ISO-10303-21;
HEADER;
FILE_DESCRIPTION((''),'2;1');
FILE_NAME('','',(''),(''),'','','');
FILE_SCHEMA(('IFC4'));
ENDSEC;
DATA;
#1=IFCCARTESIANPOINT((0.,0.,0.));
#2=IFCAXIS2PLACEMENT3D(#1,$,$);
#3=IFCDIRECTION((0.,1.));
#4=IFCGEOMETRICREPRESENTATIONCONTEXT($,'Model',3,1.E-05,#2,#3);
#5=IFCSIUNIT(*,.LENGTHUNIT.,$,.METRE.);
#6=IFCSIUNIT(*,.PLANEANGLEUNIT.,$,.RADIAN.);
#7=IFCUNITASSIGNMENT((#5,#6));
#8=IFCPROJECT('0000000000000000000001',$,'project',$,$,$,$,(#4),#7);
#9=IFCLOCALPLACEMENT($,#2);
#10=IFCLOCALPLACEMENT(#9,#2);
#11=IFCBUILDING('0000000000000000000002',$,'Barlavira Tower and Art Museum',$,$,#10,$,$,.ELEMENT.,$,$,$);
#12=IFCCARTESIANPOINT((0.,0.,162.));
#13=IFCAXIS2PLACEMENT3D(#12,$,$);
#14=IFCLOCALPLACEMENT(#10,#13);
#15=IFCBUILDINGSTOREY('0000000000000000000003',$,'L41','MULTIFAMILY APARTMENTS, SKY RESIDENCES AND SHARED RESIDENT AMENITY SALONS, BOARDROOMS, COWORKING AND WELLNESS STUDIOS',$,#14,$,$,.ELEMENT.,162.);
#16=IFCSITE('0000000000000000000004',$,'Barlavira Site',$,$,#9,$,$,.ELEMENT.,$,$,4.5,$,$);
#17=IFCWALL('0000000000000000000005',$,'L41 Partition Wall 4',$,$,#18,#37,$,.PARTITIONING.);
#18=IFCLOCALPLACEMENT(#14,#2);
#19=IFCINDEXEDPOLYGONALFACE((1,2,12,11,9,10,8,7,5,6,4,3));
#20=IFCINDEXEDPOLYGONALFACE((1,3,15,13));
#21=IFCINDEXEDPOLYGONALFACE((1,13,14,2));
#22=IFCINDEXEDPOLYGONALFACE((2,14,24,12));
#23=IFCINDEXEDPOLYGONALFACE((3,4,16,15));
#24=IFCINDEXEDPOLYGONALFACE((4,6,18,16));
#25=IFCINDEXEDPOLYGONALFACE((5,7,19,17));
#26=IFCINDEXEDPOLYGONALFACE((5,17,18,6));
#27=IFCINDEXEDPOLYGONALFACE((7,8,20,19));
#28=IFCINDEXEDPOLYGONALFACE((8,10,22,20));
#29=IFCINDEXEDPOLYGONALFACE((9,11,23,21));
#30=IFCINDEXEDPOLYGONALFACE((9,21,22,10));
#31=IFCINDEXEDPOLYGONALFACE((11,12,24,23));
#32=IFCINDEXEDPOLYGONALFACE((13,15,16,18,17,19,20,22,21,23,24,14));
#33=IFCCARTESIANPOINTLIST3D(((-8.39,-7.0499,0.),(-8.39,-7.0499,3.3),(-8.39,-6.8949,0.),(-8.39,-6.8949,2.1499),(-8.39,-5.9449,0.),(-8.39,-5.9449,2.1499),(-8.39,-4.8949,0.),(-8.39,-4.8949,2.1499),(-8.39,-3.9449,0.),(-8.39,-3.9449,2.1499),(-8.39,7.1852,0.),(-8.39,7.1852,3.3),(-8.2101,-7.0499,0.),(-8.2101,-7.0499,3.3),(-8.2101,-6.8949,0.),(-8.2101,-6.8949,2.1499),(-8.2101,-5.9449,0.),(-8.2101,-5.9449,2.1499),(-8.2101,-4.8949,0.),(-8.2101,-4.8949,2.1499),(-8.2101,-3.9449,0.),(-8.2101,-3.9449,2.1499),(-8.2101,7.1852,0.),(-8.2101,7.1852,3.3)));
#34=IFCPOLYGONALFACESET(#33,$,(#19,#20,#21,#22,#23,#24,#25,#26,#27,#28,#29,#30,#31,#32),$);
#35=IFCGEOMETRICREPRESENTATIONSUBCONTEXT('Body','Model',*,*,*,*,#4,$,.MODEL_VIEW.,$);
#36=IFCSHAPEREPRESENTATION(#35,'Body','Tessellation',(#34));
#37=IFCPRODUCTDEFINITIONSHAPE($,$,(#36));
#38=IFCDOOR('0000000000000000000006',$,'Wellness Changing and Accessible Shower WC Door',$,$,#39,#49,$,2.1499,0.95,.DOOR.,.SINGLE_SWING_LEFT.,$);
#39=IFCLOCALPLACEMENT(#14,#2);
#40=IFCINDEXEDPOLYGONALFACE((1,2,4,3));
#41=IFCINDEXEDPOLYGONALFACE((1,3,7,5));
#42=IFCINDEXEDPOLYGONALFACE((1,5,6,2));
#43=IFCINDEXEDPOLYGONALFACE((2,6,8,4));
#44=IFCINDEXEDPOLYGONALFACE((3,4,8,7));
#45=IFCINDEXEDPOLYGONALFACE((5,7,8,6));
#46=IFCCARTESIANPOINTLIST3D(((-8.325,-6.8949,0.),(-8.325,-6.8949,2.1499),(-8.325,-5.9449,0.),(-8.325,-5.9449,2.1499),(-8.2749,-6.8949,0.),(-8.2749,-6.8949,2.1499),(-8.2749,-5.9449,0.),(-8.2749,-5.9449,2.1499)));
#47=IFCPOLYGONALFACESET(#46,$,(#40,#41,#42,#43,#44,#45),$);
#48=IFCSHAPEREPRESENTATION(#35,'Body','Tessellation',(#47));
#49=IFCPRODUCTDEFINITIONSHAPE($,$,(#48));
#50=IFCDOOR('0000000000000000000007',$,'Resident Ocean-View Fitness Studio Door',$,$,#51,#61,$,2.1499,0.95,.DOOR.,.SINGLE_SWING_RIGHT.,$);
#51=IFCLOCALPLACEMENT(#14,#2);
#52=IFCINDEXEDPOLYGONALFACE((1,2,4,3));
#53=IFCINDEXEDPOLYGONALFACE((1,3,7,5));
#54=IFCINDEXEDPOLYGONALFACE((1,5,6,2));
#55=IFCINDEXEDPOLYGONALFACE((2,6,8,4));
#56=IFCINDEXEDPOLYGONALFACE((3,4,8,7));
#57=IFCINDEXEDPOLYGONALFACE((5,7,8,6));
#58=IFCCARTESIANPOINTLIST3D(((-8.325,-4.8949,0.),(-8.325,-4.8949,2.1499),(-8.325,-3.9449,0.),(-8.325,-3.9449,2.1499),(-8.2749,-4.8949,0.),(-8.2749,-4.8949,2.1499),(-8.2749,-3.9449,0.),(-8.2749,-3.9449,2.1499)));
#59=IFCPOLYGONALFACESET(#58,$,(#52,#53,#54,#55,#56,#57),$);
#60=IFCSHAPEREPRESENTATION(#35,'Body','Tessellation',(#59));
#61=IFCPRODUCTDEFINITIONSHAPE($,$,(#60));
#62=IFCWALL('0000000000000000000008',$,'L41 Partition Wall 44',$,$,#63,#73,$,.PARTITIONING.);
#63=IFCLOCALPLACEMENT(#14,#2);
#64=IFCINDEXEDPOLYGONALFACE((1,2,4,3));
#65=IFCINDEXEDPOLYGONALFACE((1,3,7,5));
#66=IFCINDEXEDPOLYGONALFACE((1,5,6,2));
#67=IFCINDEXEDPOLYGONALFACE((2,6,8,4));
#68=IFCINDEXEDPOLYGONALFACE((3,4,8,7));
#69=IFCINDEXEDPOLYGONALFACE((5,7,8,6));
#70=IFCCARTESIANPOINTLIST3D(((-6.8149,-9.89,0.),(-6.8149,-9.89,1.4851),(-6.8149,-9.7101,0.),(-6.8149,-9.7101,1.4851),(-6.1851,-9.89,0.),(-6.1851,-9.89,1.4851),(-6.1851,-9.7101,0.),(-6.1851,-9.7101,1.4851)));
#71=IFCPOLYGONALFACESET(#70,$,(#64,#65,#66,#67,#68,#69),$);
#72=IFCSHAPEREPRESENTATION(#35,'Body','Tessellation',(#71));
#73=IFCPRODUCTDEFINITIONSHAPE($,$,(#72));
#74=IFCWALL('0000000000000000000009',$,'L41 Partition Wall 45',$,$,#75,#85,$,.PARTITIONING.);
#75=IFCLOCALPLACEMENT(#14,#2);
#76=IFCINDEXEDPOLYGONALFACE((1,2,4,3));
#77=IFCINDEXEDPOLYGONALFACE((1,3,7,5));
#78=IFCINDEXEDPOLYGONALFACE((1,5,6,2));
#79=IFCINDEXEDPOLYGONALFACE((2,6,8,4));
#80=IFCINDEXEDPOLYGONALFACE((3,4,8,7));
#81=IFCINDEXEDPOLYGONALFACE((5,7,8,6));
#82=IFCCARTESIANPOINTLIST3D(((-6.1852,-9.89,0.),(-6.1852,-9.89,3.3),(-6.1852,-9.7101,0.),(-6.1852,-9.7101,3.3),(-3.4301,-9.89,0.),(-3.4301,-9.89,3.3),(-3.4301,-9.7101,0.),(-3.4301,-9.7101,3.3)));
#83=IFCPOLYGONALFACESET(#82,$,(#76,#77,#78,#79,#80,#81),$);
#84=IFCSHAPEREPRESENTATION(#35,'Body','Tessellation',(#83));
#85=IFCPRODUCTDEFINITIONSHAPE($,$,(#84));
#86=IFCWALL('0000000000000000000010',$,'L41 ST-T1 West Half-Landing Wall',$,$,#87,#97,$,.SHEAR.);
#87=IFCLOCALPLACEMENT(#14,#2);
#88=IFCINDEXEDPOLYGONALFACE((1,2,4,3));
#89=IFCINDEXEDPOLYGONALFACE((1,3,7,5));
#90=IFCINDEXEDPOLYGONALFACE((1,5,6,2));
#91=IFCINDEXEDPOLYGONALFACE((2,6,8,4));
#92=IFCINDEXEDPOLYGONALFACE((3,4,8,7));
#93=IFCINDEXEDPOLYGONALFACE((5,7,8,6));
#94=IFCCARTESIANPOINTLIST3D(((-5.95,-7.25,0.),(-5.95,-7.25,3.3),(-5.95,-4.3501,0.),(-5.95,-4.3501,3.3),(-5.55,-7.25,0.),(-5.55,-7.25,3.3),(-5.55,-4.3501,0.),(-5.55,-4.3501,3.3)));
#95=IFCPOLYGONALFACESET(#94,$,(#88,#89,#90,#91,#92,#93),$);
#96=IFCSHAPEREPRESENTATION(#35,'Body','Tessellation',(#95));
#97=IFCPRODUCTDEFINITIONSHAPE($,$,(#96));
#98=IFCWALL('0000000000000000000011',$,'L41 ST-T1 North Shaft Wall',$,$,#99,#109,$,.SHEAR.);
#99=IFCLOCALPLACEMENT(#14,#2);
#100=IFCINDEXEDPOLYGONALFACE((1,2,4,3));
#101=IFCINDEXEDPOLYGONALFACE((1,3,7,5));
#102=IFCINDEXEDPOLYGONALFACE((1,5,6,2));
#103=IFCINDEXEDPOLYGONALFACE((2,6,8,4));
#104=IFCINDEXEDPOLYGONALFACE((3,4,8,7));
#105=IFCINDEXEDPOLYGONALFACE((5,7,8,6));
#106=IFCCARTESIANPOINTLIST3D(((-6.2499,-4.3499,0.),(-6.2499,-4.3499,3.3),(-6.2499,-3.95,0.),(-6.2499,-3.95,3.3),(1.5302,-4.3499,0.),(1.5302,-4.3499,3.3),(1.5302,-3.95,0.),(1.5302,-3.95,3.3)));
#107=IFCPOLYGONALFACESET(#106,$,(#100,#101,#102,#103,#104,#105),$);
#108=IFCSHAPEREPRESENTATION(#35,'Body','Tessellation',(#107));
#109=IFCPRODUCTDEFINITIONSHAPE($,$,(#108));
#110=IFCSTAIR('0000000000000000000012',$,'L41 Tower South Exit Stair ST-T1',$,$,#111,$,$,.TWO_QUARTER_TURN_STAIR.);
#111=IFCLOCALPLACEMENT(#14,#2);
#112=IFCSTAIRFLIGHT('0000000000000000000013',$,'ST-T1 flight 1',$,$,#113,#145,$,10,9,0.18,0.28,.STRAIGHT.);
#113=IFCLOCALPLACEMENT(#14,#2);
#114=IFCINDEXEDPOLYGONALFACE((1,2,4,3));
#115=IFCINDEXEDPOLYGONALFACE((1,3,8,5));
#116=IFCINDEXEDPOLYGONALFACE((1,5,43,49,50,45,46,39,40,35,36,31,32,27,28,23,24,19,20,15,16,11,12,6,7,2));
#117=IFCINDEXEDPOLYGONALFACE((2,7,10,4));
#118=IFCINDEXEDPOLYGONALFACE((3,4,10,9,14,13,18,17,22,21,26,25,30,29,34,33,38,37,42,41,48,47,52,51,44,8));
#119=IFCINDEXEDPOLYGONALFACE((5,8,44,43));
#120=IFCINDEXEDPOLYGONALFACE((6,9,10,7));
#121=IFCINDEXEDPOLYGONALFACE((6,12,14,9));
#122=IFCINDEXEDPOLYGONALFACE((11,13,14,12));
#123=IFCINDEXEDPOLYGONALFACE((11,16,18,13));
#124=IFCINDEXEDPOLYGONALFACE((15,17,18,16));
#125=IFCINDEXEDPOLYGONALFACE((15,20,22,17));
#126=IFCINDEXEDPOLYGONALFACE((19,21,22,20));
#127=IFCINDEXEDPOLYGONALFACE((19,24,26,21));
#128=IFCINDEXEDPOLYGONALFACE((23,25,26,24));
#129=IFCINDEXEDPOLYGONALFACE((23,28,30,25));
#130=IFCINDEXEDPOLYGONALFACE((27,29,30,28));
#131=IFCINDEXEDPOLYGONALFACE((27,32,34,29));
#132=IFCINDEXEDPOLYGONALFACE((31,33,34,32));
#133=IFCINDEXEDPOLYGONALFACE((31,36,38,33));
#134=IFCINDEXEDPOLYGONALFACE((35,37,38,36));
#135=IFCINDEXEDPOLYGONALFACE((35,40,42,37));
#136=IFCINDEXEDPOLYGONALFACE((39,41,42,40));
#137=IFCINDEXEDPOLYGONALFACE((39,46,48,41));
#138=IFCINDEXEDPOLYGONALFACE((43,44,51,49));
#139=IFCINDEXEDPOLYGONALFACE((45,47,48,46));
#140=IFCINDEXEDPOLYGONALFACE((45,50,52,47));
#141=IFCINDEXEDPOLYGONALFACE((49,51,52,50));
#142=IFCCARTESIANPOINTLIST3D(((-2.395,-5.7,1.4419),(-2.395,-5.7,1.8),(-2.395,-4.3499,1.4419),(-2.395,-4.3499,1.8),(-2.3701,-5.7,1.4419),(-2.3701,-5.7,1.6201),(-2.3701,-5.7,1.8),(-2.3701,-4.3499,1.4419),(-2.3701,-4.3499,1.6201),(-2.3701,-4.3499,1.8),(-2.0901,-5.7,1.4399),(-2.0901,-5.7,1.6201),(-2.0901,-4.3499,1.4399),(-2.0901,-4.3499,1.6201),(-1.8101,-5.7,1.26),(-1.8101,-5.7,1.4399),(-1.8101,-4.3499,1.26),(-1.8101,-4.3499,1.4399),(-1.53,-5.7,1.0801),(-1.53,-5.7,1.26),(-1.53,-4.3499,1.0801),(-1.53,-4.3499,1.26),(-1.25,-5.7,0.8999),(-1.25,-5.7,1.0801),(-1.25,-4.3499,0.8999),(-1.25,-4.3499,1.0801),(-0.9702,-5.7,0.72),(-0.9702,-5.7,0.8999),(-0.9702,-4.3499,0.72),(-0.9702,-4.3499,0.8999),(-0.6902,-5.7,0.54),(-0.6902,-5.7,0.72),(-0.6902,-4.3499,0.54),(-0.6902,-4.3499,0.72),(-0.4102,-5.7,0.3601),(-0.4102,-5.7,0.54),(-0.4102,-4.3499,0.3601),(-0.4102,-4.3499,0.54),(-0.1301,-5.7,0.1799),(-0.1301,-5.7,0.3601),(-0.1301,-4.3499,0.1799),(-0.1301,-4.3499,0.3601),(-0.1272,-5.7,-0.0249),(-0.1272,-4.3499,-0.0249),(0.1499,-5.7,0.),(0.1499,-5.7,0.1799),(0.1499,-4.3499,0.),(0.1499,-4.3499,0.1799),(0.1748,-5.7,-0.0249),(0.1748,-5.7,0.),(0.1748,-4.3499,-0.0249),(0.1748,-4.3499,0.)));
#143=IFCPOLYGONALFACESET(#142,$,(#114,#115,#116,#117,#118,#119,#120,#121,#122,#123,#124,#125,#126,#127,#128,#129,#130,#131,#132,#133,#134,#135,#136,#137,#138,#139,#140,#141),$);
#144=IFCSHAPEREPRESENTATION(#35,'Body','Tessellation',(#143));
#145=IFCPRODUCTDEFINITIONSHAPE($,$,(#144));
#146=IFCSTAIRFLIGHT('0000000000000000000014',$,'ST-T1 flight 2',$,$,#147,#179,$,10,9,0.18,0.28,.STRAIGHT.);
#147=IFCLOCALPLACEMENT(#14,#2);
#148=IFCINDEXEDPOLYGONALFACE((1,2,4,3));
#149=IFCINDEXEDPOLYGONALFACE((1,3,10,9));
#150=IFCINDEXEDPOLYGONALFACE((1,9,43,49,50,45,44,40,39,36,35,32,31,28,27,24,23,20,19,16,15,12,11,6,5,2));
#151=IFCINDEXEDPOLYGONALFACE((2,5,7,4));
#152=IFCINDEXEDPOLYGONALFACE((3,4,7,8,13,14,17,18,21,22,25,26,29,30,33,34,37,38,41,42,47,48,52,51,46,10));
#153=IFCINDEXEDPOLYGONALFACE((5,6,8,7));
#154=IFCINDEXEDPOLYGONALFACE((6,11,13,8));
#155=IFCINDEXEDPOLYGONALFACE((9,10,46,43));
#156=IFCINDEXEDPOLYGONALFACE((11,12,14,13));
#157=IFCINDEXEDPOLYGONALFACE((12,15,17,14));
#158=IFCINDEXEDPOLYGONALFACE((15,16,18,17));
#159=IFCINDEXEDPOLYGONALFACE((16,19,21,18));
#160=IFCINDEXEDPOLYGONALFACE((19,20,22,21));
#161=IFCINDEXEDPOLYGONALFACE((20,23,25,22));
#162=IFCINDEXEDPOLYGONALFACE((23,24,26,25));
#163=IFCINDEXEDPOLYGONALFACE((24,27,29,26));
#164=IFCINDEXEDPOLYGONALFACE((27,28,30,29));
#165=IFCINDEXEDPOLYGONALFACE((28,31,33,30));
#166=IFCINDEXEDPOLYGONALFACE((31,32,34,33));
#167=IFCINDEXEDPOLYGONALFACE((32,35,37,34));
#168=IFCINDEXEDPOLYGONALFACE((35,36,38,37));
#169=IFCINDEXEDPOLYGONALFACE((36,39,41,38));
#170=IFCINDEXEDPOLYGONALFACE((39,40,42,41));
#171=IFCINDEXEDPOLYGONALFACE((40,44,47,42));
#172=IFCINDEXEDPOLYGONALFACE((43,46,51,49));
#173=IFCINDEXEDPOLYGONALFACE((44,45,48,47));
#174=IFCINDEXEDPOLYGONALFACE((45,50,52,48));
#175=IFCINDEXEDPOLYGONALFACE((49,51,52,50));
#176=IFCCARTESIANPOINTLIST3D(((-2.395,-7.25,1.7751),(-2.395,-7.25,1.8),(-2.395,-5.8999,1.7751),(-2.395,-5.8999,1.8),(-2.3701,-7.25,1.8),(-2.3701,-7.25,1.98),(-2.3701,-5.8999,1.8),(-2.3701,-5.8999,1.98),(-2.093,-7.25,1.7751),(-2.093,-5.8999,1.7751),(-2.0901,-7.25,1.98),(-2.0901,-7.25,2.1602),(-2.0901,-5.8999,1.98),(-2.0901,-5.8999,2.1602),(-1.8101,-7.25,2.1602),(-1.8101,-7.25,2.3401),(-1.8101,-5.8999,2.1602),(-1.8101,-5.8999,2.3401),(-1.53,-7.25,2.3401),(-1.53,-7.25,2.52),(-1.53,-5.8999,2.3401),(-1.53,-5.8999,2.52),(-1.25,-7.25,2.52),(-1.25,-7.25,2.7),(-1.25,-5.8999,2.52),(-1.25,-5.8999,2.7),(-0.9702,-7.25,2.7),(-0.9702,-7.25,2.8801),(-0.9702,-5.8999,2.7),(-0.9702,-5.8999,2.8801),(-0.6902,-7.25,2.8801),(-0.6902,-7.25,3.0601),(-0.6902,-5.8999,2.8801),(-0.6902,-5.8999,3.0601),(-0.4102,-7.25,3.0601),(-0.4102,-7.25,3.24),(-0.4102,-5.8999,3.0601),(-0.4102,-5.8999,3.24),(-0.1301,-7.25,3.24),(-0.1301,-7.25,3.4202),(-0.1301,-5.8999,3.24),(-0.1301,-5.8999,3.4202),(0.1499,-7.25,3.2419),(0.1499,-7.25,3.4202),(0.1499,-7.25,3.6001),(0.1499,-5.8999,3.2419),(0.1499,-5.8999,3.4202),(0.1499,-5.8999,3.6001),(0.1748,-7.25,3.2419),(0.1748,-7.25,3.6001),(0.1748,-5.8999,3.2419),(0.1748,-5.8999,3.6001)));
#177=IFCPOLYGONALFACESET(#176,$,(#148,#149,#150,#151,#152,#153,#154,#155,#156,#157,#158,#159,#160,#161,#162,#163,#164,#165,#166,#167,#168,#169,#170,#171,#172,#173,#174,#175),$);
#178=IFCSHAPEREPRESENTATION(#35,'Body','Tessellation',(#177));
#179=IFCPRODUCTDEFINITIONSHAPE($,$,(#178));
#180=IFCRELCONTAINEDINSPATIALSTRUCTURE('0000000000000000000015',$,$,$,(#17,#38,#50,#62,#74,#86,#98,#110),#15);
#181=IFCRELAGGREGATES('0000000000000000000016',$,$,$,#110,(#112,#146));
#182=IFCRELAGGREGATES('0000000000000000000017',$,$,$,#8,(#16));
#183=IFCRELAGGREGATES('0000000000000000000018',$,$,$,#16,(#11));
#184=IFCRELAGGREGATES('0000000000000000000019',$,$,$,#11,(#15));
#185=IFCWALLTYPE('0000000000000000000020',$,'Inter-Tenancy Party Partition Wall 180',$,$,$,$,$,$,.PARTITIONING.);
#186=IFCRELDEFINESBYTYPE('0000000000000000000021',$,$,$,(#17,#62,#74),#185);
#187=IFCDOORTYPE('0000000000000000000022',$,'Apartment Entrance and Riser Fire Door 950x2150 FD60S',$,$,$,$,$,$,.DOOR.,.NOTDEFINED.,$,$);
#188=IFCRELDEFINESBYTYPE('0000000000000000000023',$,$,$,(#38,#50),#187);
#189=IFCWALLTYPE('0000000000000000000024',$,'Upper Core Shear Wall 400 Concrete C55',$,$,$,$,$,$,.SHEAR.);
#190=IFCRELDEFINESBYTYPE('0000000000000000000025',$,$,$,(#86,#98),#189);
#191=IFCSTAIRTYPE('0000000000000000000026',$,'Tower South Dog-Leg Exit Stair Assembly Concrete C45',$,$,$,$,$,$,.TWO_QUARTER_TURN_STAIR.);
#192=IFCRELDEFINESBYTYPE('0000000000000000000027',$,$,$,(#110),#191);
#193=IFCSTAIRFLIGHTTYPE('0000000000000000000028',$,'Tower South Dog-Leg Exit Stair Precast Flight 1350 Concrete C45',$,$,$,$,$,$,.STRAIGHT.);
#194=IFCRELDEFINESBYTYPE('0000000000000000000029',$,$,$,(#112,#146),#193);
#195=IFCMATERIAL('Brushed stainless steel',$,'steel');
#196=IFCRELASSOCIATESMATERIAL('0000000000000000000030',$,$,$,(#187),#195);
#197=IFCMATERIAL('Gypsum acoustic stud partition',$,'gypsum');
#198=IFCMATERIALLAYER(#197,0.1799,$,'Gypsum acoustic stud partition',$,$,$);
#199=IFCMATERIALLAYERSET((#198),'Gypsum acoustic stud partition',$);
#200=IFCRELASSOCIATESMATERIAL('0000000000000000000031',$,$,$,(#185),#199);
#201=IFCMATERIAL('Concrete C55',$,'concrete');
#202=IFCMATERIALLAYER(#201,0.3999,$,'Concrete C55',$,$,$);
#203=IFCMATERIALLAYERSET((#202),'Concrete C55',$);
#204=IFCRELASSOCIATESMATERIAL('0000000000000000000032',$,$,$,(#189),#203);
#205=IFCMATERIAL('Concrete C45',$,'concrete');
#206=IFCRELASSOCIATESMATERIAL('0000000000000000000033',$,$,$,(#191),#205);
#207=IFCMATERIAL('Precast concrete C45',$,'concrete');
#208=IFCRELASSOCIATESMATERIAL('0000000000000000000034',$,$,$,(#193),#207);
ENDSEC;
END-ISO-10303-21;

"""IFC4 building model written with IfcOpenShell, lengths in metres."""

from ifc_helpers import new_model, si_unit, direction, frame, frame_2d, origin, place, context, subcontext, project, spatial, polyline, rectangle, outline, extrude, material, layer, layer_set, type_object, element, fill, aggregate, save


model = new_model("IFC4")

# Units and contexts
model_context = context("Model", 3, precision=1e-05, world=origin(), true_north=direction((0.0, 1.0)))
body_context = subcontext(model_context, "Body", "Model", "MODEL_VIEW")
ifc_project = project(units=[si_unit("LENGTHUNIT", "METRE"), si_unit("PLANEANGLEUNIT", "RADIAN")], contexts=[model_context])

# Site, building, storey
site_placement = place(None, origin())
site = spatial("IfcSite", under=ifc_project, at=site_placement, Name="Barlavira Site", CompositionType="ELEMENT", RefElevation=4.5)
building_placement = place(site_placement, origin())
building = spatial("IfcBuilding", under=site, at=building_placement, Name="Barlavira Tower and Art Museum", CompositionType="ELEMENT")
storey_placement = place(building_placement, frame((0.0, 0.0, 162.0)))
storey = spatial("IfcBuildingStorey", under=building, at=storey_placement, Name="L41", Description="MULTIFAMILY APARTMENTS, SKY RESIDENCES AND SHARED RESIDENT AMENITY SALONS, BOARDROOMS, COWORKING AND WELLNESS STUDIOS", CompositionType="ELEMENT", Elevation=162.0)

# Shared definitions
ifc_material_1 = material(Name="Brushed stainless steel", Category="steel")
door_type = type_object("IfcDoorType", Name="Apartment Entrance and Riser Fire Door 950x2150 FD60S", OperationType="NOTDEFINED", PredefinedType="DOOR", material=ifc_material_1)

# Shared definitions
ifc_material_2 = material(Name="Gypsum acoustic stud partition", Category="gypsum")
ifc_layer_1 = layer(ifc_material_2, 0.1799, Name="Gypsum acoustic stud partition")
ifc_layer_set_1 = layer_set([ifc_layer_1], Name="Gypsum acoustic stud partition")
wall_type_1 = type_object("IfcWallType", Name="Inter-Tenancy Party Partition Wall 180", PredefinedType="PARTITIONING", material=ifc_layer_set_1)

# Wall, openings, doors
wall_1_placement = place(storey_placement, frame((-8.3, -7.05, 0.0), z_axis=(0.0, 0.0, 1.0), x_axis=(0.0, 1.0, 0.0)))
wall_1 = element("IfcWall", 1, at=wall_1_placement, inside=storey, type_object=wall_type_1, Name="L41 Partition Wall 4", PredefinedType="PARTITIONING", context=body_context, shape_type="SweptSolid", body=[
    extrude(rectangle(XDim=14.2351, YDim=0.1799, at=frame_2d((7.1177, 0.0))), origin(), (0.0, 0.0, 1.0), 3.3),
])
opening_1_placement = place(wall_1_placement, frame((0.155, 0.0, 0.0)))
opening_1 = element("IfcOpeningElement", 2, at=opening_1_placement, cuts=wall_1, PredefinedType="OPENING", context=body_context, shape_type="SweptSolid", body=[
    extrude(rectangle(XDim=0.95, YDim=2.1499, at=frame_2d((0.4751, 1.075))), frame((0.0, 0.1001, 0.0), z_axis=(0.0, -1.0, 0.0), x_axis=(1.0, 0.0, 0.0)), (0.0, 0.0, 1.0), 0.2),
])
opening_2_placement = place(wall_1_placement, frame((2.155, 0.0, 0.0)))
opening_2 = element("IfcOpeningElement", 3, at=opening_2_placement, cuts=wall_1, PredefinedType="OPENING", context=body_context, shape_type="SweptSolid", body=[
    extrude(rectangle(XDim=0.95, YDim=2.1499, at=frame_2d((0.4751, 1.075))), frame((0.0, 0.1001, 0.0), z_axis=(0.0, -1.0, 0.0), x_axis=(1.0, 0.0, 0.0)), (0.0, 0.0, 1.0), 0.2),
])
door_1_placement = place(opening_1_placement, origin())
door_1 = element("IfcDoor", 4, at=door_1_placement, inside=storey, type_object=door_type, Name="Wellness Changing and Accessible Shower WC Door", OperationType="SINGLE_SWING_LEFT", OverallHeight=2.1499, OverallWidth=0.95, PredefinedType="DOOR", context=body_context, shape_type="SweptSolid", body=[
    extrude(rectangle(XDim=0.95, YDim=2.1499, at=frame_2d((0.4751, 1.075))), frame((0.0, 0.0249, 0.0), z_axis=(0.0, -1.0, 0.0), x_axis=(1.0, 0.0, 0.0)), (0.0, 0.0, 1.0), 0.05),
])
fill(opening_1, door_1)
door_2_placement = place(opening_2_placement, origin())
door_2 = element("IfcDoor", 5, at=door_2_placement, inside=storey, type_object=door_type, Name="Resident Ocean-View Fitness Studio Door", OperationType="SINGLE_SWING_RIGHT", OverallHeight=2.1499, OverallWidth=0.95, PredefinedType="DOOR", context=body_context, shape_type="SweptSolid", body=[
    extrude(rectangle(XDim=0.95, YDim=2.1499, at=frame_2d((0.4751, 1.075))), frame((0.0, 0.0249, 0.0), z_axis=(0.0, -1.0, 0.0), x_axis=(1.0, 0.0, 0.0)), (0.0, 0.0, 1.0), 0.05),
])
fill(opening_2, door_2)

# Walls
wall_2_placement = place(storey_placement, frame((-6.8149, -9.8, 0.0), z_axis=(0.0, 0.0, 1.0), x_axis=(1.0, 0.0, 0.0)))
element("IfcWall", 6, at=wall_2_placement, inside=storey, type_object=wall_type_1, Name="L41 Partition Wall 44", PredefinedType="PARTITIONING", context=body_context, shape_type="SweptSolid", body=[
    extrude(rectangle(XDim=0.6299, YDim=0.1799, at=frame_2d((0.3149, 0.0))), origin(), (0.0, 0.0, 1.0), 1.4851),
])
wall_3_placement = place(storey_placement, frame((-6.1851, -9.8, 0.0), z_axis=(0.0, 0.0, 1.0), x_axis=(1.0, 0.0, 0.0)))
element("IfcWall", 7, at=wall_3_placement, inside=storey, type_object=wall_type_1, Name="L41 Partition Wall 45", PredefinedType="PARTITIONING", context=body_context, shape_type="SweptSolid", body=[
    extrude(rectangle(XDim=2.7551, YDim=0.1799, at=frame_2d((1.3774, 0.0))), origin(), (0.0, 0.0, 1.0), 3.3),
])

# Walls
ifc_material_3 = material(Name="Concrete C55", Category="concrete")
ifc_layer_2 = layer(ifc_material_3, 0.3999, Name="Concrete C55")
ifc_layer_set_2 = layer_set([ifc_layer_2], Name="Concrete C55")
wall_type_2 = type_object("IfcWallType", Name="Upper Core Shear Wall 400 Concrete C55", PredefinedType="SHEAR", material=ifc_layer_set_2)
wall_4_placement = place(storey_placement, frame((-5.75, -7.25, 0.0), z_axis=(0.0, 0.0, 1.0), x_axis=(0.0, 1.0, 0.0)))
element("IfcWall", 8, at=wall_4_placement, inside=storey, type_object=wall_type_2, Name="L41 ST-T1 West Half-Landing Wall", PredefinedType="SHEAR", context=body_context, shape_type="SweptSolid", body=[
    extrude(rectangle(XDim=2.8999, YDim=0.3999, at=frame_2d((1.45, 0.0))), origin(), (0.0, 0.0, 1.0), 3.3),
])
wall_5_placement = place(storey_placement, frame((-6.25, -4.1499, 0.0), z_axis=(0.0, 0.0, 1.0), x_axis=(1.0, 0.0, 0.0)))
element("IfcWall", 9, at=wall_5_placement, inside=storey, type_object=wall_type_2, Name="L41 ST-T1 North Shaft Wall", PredefinedType="SHEAR", context=body_context, shape_type="SweptSolid", body=[
    extrude(rectangle(XDim=7.78, YDim=0.3999, at=frame_2d((3.8901, 0.0))), origin(), (0.0, 0.0, 1.0), 3.3),
])

# Stair, stair flights
ifc_material_4 = material(Name="Concrete C45", Category="concrete")
stair_type = type_object("IfcStairType", Name="Tower South Dog-Leg Exit Stair Assembly Concrete C45", PredefinedType="TWO_QUARTER_TURN_STAIR", material=ifc_material_4)
stair_placement = place(storey_placement, origin())
stair = element("IfcStair", 10, at=stair_placement, inside=storey, type_object=stair_type, Name="L41 Tower South Exit Stair ST-T1", PredefinedType="TWO_QUARTER_TURN_STAIR")
ifc_material_5 = material(Name="Precast concrete C45", Category="concrete")
stair_flight_type = type_object("IfcStairFlightType", Name="Tower South Dog-Leg Exit Stair Precast Flight 1350 Concrete C45", PredefinedType="STRAIGHT", material=ifc_material_5)
stair_flight_1_placement = place(storey_placement, frame((0.1499, -5.0249, 0.0), z_axis=(0.0, 0.0, 1.0), x_axis=(-1.0, 0.0, 0.0)))
stair_flight_1 = element("IfcStairFlight", 11, at=stair_flight_1_placement, type_object=stair_flight_type, Name="ST-T1 flight 1", NumberOfRisers=10, NumberOfTreads=9, PredefinedType="STRAIGHT", RiserHeight=0.18, TreadLength=0.28, context=body_context, shape_type="SweptSolid", body=[
    extrude(outline(polyline([(-0.0249, 0.0), (0.0, 0.0), (0.0, 0.1799), (0.28, 0.1799), (0.28, 0.3601), (0.5601, 0.3601), (0.5601, 0.54), (0.8401, 0.54), (0.8401, 0.72), (1.1201, 0.72), (1.1201, 0.8999), (1.3999, 0.8999), (1.3999, 1.0801), (1.6799, 1.0801), (1.6799, 1.26), (1.96, 1.26), (1.96, 1.4399), (2.24, 1.4399), (2.24, 1.6201), (2.52, 1.6201), (2.52, 1.8), (2.5449, 1.8), (2.5449, 1.4419), (2.52, 1.4419), (0.2771, -0.0249), (-0.0249, -0.0249), (-0.0249, 0.0)])), frame((0.0, 0.675, 0.0), z_axis=(0.0, -1.0, 0.0), x_axis=(1.0, 0.0, 0.0)), (0.0, 0.0, 1.0), 1.3501),
])
stair_flight_2_placement = place(storey_placement, frame((-2.3701, -6.575, 1.8), z_axis=(0.0, 0.0, 1.0), x_axis=(1.0, 0.0, 0.0)))
stair_flight_2 = element("IfcStairFlight", 12, at=stair_flight_2_placement, type_object=stair_flight_type, Name="ST-T1 flight 2", NumberOfRisers=10, NumberOfTreads=9, PredefinedType="STRAIGHT", RiserHeight=0.18, TreadLength=0.28, context=body_context, shape_type="SweptSolid", body=[
    extrude(outline(polyline([(-0.0249, 0.0), (0.0, 0.0), (0.0, 0.1799), (0.28, 0.1799), (0.28, 0.3601), (0.5601, 0.3601), (0.5601, 0.54), (0.8401, 0.54), (0.8401, 0.72), (1.1201, 0.72), (1.1201, 0.8999), (1.3999, 0.8999), (1.3999, 1.0801), (1.6799, 1.0801), (1.6799, 1.26), (1.96, 1.26), (1.96, 1.4399), (2.24, 1.4399), (2.24, 1.6201), (2.52, 1.6201), (2.52, 1.8), (2.5449, 1.8), (2.5449, 1.4419), (2.52, 1.4419), (0.2771, -0.0249), (-0.0249, -0.0249), (-0.0249, 0.0)])), frame((0.0, 0.675, 0.0), z_axis=(0.0, -1.0, 0.0), x_axis=(1.0, 0.0, 0.0)), (0.0, 0.0, 1.0), 1.3501),
])
aggregate(stair, [stair_flight_1, stair_flight_2])

save(model, "model.ifc")
